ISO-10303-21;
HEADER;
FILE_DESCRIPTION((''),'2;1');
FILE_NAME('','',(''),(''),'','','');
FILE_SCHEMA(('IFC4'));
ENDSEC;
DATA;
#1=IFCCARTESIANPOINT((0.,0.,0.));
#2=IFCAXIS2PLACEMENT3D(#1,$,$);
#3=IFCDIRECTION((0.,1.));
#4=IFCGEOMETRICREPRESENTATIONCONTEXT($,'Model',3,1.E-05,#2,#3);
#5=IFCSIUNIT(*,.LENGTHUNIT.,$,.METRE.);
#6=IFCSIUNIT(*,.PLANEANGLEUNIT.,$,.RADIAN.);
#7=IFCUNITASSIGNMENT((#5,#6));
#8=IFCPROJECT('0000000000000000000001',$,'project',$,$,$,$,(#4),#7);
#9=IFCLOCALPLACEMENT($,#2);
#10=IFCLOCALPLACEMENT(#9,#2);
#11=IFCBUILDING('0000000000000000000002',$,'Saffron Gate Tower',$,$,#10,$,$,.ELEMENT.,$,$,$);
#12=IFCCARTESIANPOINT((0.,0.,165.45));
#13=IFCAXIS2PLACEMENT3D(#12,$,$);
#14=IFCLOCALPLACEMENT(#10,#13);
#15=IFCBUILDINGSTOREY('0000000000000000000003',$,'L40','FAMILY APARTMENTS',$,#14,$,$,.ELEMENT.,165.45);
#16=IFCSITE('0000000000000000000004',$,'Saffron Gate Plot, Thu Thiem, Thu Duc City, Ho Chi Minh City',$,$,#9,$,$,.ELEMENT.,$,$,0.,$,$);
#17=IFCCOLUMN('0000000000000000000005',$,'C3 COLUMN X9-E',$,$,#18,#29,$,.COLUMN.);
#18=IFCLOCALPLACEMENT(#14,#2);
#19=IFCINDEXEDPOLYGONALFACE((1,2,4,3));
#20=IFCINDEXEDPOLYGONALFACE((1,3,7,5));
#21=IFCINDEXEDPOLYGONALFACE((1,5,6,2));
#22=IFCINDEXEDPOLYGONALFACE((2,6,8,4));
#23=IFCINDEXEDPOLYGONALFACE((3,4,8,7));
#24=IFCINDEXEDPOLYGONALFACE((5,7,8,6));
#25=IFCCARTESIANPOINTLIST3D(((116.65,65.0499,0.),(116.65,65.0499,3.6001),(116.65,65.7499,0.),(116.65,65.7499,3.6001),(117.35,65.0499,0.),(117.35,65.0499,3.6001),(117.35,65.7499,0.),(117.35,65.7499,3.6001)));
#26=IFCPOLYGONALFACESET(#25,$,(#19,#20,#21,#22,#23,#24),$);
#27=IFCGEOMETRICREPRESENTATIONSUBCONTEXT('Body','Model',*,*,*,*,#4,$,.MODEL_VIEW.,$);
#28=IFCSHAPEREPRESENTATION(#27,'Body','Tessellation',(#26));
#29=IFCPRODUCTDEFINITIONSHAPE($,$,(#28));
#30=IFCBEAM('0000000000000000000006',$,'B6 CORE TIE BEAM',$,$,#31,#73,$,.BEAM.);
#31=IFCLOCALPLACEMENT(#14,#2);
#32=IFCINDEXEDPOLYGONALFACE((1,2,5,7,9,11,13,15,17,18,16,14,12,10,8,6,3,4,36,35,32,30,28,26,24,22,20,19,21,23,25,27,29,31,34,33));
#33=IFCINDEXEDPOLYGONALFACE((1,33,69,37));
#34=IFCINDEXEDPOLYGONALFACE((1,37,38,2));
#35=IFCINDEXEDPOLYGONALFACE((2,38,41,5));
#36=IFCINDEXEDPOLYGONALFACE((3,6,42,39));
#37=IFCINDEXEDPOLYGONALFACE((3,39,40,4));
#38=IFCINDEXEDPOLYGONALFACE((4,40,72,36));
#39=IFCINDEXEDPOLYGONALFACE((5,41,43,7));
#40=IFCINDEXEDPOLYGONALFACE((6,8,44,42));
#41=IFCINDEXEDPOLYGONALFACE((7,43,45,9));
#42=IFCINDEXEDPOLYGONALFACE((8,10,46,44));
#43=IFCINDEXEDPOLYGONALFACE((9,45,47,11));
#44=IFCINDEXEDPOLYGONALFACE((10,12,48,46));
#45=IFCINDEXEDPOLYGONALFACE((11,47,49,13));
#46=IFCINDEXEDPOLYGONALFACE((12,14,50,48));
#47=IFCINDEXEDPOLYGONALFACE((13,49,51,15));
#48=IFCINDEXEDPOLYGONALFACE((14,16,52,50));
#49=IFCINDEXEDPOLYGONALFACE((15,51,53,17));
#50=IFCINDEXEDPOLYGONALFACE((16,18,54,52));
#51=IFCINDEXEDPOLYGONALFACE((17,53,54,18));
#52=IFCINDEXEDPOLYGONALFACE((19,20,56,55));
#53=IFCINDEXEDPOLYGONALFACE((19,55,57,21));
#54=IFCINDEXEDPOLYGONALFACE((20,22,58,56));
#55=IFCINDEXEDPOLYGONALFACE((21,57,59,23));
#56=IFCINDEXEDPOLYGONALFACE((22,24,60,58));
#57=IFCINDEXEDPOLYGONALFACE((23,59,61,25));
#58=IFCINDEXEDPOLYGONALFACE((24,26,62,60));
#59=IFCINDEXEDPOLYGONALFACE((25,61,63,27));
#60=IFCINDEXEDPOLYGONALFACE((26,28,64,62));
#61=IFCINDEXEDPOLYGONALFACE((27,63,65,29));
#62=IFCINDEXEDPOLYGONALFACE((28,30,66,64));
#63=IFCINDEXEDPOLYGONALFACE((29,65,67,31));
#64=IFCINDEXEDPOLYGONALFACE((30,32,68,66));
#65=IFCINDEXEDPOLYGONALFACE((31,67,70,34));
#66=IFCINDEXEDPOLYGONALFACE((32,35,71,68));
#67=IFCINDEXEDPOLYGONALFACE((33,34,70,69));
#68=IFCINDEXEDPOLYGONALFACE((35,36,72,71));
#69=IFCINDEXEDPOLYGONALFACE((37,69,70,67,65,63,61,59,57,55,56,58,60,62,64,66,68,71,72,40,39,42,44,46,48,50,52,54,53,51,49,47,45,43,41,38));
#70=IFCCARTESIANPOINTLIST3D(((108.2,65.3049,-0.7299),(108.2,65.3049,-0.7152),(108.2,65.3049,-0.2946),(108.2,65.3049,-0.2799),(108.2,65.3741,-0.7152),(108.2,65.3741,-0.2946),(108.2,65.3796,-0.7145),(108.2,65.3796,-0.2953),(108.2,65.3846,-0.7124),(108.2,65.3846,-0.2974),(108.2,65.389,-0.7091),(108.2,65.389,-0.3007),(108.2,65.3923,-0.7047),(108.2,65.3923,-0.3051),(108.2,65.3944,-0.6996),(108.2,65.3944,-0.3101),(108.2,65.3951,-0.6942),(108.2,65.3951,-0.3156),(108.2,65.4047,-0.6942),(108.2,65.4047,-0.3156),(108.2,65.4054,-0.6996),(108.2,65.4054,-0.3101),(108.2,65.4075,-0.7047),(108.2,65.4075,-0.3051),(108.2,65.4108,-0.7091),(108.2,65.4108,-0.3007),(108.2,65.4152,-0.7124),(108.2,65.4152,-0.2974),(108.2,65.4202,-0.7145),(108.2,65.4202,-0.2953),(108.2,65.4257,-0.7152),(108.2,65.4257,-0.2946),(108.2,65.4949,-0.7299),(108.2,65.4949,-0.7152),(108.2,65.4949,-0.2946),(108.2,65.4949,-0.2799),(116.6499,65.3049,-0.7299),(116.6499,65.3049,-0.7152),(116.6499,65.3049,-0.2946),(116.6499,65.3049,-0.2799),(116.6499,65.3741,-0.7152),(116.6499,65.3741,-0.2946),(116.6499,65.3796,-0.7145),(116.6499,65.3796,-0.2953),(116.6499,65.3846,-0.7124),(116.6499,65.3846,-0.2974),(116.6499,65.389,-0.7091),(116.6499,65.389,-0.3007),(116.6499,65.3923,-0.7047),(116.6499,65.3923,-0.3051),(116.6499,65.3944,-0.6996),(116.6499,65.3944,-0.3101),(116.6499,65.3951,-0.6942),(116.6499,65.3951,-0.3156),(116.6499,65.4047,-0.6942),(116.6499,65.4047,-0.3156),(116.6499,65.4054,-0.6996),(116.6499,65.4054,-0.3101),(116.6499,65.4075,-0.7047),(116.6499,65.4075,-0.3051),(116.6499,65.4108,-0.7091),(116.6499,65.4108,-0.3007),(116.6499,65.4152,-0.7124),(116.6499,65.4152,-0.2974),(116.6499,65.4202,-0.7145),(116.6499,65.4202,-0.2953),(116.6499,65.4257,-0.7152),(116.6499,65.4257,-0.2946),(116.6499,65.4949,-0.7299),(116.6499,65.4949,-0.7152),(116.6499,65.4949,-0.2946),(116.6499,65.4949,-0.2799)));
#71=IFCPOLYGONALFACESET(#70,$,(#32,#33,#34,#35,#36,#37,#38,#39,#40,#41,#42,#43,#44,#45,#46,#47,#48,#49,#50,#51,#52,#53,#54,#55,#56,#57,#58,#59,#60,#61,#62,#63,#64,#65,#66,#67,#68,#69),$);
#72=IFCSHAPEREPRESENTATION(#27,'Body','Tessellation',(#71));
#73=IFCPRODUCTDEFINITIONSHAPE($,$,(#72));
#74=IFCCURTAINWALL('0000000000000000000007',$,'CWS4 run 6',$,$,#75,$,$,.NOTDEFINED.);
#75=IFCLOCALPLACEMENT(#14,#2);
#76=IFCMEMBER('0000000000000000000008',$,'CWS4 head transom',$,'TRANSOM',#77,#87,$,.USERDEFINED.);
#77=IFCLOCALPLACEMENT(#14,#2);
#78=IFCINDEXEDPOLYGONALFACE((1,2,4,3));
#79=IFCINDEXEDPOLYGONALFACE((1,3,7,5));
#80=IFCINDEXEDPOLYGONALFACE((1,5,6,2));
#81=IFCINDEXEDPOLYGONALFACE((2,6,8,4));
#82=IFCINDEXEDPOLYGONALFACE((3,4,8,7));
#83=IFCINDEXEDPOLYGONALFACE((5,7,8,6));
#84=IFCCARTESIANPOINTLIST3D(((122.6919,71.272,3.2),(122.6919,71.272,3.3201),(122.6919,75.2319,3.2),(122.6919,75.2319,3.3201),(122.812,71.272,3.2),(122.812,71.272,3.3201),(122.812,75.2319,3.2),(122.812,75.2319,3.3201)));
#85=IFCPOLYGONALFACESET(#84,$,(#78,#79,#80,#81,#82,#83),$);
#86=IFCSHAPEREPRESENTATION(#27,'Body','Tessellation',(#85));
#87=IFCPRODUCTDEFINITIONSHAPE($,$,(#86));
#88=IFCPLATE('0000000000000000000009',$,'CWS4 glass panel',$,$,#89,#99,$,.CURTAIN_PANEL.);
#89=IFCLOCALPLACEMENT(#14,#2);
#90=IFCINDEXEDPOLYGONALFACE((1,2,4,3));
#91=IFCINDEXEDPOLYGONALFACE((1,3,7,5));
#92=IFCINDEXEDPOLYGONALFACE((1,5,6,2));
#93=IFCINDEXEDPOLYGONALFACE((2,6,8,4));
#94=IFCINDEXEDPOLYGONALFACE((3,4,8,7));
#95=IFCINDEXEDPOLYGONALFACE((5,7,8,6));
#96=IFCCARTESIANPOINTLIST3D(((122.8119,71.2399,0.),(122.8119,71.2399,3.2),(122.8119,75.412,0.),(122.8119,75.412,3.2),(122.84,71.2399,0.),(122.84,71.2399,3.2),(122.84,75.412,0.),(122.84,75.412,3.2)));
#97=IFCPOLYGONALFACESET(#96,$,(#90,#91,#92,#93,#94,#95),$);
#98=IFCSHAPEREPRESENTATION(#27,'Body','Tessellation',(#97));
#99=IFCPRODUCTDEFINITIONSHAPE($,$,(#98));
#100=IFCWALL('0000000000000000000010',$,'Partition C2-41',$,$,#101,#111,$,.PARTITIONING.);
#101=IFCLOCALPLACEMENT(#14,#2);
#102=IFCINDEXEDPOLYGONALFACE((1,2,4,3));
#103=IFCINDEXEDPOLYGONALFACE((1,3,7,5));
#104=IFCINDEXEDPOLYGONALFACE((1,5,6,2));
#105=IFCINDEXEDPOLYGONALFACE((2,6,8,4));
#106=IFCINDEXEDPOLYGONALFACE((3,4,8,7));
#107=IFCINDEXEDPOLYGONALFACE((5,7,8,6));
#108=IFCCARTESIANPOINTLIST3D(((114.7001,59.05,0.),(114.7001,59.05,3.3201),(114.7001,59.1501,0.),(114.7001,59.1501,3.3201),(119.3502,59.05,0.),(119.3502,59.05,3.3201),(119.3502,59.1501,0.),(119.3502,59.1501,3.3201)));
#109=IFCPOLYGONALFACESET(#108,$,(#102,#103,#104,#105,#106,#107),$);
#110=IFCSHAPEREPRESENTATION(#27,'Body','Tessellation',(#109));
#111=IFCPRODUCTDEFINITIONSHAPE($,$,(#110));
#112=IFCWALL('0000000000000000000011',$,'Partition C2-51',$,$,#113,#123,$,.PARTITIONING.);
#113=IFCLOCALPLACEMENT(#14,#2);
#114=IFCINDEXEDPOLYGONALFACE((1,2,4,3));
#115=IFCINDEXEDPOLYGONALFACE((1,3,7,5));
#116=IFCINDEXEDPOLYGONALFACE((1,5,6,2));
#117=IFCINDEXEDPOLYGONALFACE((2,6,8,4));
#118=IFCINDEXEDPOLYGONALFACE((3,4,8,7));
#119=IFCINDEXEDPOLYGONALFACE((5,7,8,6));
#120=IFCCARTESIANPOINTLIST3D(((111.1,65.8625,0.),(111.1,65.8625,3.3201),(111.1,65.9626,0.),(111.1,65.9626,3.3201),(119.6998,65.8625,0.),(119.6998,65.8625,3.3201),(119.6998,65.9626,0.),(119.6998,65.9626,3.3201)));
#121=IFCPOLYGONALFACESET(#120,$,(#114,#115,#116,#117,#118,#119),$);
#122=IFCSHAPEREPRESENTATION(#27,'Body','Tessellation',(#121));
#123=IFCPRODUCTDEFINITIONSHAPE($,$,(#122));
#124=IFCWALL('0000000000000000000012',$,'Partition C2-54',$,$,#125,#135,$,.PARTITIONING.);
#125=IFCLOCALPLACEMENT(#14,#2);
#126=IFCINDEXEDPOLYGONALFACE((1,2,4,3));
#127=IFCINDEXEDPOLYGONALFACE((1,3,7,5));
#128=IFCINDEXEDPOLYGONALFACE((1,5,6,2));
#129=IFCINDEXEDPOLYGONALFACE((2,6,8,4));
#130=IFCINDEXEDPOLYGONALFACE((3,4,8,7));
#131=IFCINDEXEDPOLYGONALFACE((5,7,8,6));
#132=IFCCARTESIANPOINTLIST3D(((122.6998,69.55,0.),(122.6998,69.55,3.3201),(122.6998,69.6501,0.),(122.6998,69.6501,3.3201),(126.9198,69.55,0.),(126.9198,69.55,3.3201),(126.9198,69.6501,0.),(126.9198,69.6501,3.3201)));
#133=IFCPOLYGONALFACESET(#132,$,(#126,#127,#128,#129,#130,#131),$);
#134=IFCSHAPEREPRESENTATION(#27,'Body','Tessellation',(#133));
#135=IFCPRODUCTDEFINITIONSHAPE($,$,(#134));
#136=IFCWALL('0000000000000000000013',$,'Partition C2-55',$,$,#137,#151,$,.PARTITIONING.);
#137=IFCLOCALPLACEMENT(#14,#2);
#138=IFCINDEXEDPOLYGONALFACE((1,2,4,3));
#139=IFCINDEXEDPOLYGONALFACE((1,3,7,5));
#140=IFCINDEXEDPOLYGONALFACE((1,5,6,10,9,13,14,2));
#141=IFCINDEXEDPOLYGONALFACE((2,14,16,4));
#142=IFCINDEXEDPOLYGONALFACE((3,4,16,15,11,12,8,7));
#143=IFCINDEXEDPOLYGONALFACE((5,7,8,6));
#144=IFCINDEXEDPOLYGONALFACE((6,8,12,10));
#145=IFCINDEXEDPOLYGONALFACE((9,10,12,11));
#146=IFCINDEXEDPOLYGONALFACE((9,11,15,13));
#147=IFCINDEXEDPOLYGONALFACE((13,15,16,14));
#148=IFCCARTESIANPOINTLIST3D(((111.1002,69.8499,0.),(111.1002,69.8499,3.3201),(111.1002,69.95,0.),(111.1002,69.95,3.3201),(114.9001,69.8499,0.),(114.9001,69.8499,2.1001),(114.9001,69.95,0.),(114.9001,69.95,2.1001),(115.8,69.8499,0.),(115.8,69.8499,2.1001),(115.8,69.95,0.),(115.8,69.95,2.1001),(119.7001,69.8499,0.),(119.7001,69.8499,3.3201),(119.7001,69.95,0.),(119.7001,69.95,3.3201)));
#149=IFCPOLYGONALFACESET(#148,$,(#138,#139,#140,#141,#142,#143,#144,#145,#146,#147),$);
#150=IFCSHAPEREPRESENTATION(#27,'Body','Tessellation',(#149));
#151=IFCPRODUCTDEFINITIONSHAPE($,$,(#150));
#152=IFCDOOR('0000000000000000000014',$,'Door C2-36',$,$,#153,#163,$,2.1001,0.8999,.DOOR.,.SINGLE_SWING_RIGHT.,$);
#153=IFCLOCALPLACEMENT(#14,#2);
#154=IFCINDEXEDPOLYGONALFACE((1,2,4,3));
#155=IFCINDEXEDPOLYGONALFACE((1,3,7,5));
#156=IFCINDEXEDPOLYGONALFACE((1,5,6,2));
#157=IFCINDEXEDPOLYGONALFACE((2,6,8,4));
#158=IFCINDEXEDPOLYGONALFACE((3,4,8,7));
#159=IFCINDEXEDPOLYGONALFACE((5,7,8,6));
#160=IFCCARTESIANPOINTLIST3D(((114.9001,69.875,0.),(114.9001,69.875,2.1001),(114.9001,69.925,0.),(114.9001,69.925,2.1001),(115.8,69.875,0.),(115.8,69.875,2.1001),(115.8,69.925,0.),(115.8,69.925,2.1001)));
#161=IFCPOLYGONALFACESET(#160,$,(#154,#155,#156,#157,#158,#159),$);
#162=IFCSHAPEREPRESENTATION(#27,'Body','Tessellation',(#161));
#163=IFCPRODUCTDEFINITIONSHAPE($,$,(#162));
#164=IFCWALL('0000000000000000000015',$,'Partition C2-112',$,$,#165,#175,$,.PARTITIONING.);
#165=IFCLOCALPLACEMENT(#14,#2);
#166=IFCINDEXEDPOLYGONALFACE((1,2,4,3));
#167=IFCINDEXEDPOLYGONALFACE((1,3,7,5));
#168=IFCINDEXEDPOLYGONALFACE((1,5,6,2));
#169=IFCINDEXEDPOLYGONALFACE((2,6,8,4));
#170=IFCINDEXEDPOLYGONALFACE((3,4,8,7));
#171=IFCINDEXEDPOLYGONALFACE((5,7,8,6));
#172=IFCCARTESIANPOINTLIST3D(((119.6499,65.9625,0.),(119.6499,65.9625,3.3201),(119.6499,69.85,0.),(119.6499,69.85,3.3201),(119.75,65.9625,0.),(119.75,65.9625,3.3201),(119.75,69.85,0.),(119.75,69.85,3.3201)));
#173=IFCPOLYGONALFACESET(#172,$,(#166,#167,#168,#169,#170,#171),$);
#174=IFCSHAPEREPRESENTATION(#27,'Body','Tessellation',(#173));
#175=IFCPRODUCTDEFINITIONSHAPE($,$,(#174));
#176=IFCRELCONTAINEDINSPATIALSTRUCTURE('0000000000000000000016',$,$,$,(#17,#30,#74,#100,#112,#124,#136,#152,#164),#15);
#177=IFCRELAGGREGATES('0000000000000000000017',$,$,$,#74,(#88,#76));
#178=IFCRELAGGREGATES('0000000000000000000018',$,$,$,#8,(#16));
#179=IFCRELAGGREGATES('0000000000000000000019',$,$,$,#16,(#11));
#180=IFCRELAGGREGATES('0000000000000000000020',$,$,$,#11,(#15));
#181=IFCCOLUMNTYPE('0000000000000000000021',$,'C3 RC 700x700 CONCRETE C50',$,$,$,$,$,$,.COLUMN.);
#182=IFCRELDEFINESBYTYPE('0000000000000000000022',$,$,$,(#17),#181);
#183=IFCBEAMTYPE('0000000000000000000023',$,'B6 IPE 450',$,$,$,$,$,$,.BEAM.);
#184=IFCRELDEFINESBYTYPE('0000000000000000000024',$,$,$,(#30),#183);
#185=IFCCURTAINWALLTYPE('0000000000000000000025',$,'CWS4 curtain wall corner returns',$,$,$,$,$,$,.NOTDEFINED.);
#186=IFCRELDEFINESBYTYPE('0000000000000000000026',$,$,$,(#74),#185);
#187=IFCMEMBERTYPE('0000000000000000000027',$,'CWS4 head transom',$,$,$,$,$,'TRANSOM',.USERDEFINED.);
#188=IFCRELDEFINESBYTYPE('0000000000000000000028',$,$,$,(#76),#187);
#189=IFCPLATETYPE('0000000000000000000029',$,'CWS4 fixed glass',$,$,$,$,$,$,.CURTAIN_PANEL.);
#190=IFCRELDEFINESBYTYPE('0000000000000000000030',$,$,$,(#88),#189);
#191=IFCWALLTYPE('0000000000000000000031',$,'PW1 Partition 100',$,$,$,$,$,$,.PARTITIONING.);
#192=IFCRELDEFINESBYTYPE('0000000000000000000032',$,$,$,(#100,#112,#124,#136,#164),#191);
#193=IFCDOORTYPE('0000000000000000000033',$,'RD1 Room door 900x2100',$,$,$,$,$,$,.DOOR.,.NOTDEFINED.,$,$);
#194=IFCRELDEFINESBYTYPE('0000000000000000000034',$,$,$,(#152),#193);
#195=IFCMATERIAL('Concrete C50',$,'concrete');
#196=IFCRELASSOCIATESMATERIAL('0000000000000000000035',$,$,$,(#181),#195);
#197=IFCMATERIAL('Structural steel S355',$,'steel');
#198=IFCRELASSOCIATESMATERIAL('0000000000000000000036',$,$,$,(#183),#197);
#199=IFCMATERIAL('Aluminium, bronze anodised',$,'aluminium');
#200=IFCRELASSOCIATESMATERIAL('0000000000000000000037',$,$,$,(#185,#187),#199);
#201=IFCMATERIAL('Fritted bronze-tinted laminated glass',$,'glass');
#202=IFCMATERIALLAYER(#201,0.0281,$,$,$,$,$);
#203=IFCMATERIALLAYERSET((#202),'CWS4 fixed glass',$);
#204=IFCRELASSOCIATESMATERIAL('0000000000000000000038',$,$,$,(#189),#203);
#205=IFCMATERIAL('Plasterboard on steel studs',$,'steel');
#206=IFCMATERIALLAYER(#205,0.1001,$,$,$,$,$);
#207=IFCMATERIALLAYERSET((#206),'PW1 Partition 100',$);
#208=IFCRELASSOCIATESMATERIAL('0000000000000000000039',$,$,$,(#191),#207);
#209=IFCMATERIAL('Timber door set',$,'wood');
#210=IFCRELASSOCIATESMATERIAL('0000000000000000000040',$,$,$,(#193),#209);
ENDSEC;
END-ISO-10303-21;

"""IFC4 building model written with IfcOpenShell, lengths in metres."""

from ifc_helpers import new_model, si_unit, direction, frame, frame_2d, origin, origin_2d, place, context, subcontext, project, spatial, rectangle, i_section, extrude, material, layer, layer_set, material_profile, profile_set, type_object, element, fill, aggregate, save


model = new_model("IFC4")

# Units and contexts
model_context = context("Model", 3, precision=1e-05, world=origin(), true_north=direction((0.0, 1.0)))
body_context = subcontext(model_context, "Body", "Model", "MODEL_VIEW")
ifc_project = project(units=[si_unit("LENGTHUNIT", "METRE"), si_unit("PLANEANGLEUNIT", "RADIAN")], contexts=[model_context])

# Site, building, storey
site_placement = place(None, origin())
site = spatial("IfcSite", under=ifc_project, at=site_placement, Name="Saffron Gate Plot, Thu Thiem, Thu Duc City, Ho Chi Minh City", CompositionType="ELEMENT", RefElevation=0.0)
building_placement = place(site_placement, origin())
building = spatial("IfcBuilding", under=site, at=building_placement, Name="Saffron Gate Tower", CompositionType="ELEMENT")
storey_placement = place(building_placement, frame((0.0, 0.0, 165.45)))
storey = spatial("IfcBuildingStorey", under=building, at=storey_placement, Name="L40", Description="FAMILY APARTMENTS", CompositionType="ELEMENT", Elevation=165.45)

# Column
ifc_material_1 = material(Name="Concrete C50", Category="concrete")
ifc_material_profile_1 = material_profile(ifc_material_1, rectangle(XDim=0.7, YDim=0.7, at=origin_2d()))
ifc_profile_set_1 = profile_set([ifc_material_profile_1], Name="Concrete C50")
column_type = type_object("IfcColumnType", Name="C3 RC 700x700 CONCRETE C50", PredefinedType="COLUMN", material=ifc_profile_set_1)
column_placement = place(storey_placement, frame((117.0, 65.3999, 0.0), z_axis=(0.0, 0.0, 1.0), x_axis=(1.0, 0.0, 0.0)))
element("IfcColumn", 1, at=column_placement, inside=storey, type_object=column_type, Name="C3 COLUMN X9-E", PredefinedType="COLUMN", context=body_context, shape_type="SweptSolid", body=[
    extrude(rectangle(XDim=0.7, YDim=0.7, at=origin_2d()), origin(), (0.0, 0.0, 1.0), 3.6001),
])

# Beam
ifc_material_2 = material(Name="Structural steel S355", Category="steel")
ifc_material_profile_2 = material_profile(ifc_material_2, i_section(OverallWidth=0.1899, OverallDepth=0.45, WebThickness=0.0095, FlangeThickness=0.0146, FilletRadius=0.021, at=origin_2d()))
ifc_profile_set_2 = profile_set([ifc_material_profile_2], Name="Structural steel S355")
beam_type = type_object("IfcBeamType", Name="B6 IPE 450", PredefinedType="BEAM", material=ifc_profile_set_2)
beam_placement = place(storey_placement, frame((116.6499, 65.3999, -0.5049), z_axis=(-1.0, 0.0, 0.0), x_axis=(0.0, -1.0, 0.0)))
element("IfcBeam", 2, at=beam_placement, inside=storey, type_object=beam_type, Name="B6 CORE TIE BEAM", PredefinedType="BEAM", context=body_context, shape_type="SweptSolid", body=[
    extrude(i_section(OverallWidth=0.1899, OverallDepth=0.45, WebThickness=0.0095, FlangeThickness=0.0146, FilletRadius=0.021, at=origin_2d()), origin(), (0.0, 0.0, 1.0), 8.45),
])

# Curtain wall, member, plate
ifc_material_3 = material(Name="Aluminium, bronze anodised", Category="aluminium")
curtain_wall_type = type_object("IfcCurtainWallType", Name="CWS4 curtain wall corner returns", PredefinedType="NOTDEFINED", material=ifc_material_3)
curtain_wall_placement = place(storey_placement, origin())
curtain_wall = element("IfcCurtainWall", 3, at=curtain_wall_placement, inside=storey, type_object=curtain_wall_type, Name="CWS4 run 6", PredefinedType="NOTDEFINED")
ifc_material_profile_3 = material_profile(ifc_material_3, rectangle(XDim=0.1201, YDim=0.1201, at=origin_2d()))
ifc_profile_set_3 = profile_set([ifc_material_profile_3], Name="Aluminium, bronze anodised")
member_type = type_object("IfcMemberType", Name="CWS4 head transom", ElementType="TRANSOM", PredefinedType="USERDEFINED", material=ifc_profile_set_3)
member_placement = place(storey_placement, frame((122.752, 71.272, 3.26), z_axis=(0.0, 1.0, 0.0), x_axis=(-1.0, 0.0, 0.0)))
member = element("IfcMember", 4, at=member_placement, type_object=member_type, Name="CWS4 head transom", ObjectType="TRANSOM", PredefinedType="USERDEFINED", context=body_context, shape_type="SweptSolid", body=[
    extrude(rectangle(XDim=0.1201, YDim=0.1201, at=origin_2d()), origin(), (0.0, 0.0, 1.0), 3.96),
])
ifc_material_4 = material(Name="Fritted bronze-tinted laminated glass", Category="glass")
ifc_layer_1 = layer(ifc_material_4, 0.0281)
ifc_layer_set_1 = layer_set([ifc_layer_1], Name="CWS4 fixed glass")
plate_type = type_object("IfcPlateType", Name="CWS4 fixed glass", PredefinedType="CURTAIN_PANEL", material=ifc_layer_set_1)
plate_placement = place(storey_placement, frame((122.8259, 71.24, 0.0), z_axis=(0.0, 0.0, 1.0), x_axis=(0.0, 1.0, 0.0)))
plate = element("IfcPlate", 5, at=plate_placement, type_object=plate_type, Name="CWS4 glass panel", PredefinedType="CURTAIN_PANEL", context=body_context, shape_type="SweptSolid", body=[
    extrude(rectangle(XDim=4.1721, YDim=0.0281, at=frame_2d((2.0859, 0.0))), origin(), (0.0, 0.0, 1.0), 3.2),
])
aggregate(curtain_wall, [plate, member])

# Walls
ifc_material_5 = material(Name="Plasterboard on steel studs", Category="steel")
ifc_layer_2 = layer(ifc_material_5, 0.1001)
ifc_layer_set_2 = layer_set([ifc_layer_2], Name="PW1 Partition 100")
wall_type_1 = type_object("IfcWallType", Name="PW1 Partition 100", PredefinedType="PARTITIONING", material=ifc_layer_set_2)
wall_1_placement = place(storey_placement, frame((114.7, 59.1001, 0.0), z_axis=(0.0, 0.0, 1.0), x_axis=(1.0, 0.0, 0.0)))
element("IfcWall", 6, at=wall_1_placement, inside=storey, type_object=wall_type_1, Name="Partition C2-41", PredefinedType="PARTITIONING", context=body_context, shape_type="SweptSolid", body=[
    extrude(rectangle(XDim=4.6501, YDim=0.1001, at=frame_2d((2.3252, 0.0))), origin(), (0.0, 0.0, 1.0), 3.3201),
])
wall_2_placement = place(storey_placement, frame((111.1001, 65.9126, 0.0), z_axis=(0.0, 0.0, 1.0), x_axis=(1.0, 0.0, 0.0)))
element("IfcWall", 7, at=wall_2_placement, inside=storey, type_object=wall_type_1, Name="Partition C2-51", PredefinedType="PARTITIONING", context=body_context, shape_type="SweptSolid", body=[
    extrude(rectangle(XDim=8.5999, YDim=0.1001, at=frame_2d((4.2998, 0.0))), origin(), (0.0, 0.0, 1.0), 3.3201),
])
wall_3_placement = place(storey_placement, frame((122.7, 69.6001, 0.0), z_axis=(0.0, 0.0, 1.0), x_axis=(1.0, 0.0, 0.0)))
element("IfcWall", 8, at=wall_3_placement, inside=storey, type_object=wall_type_1, Name="Partition C2-54", PredefinedType="PARTITIONING", context=body_context, shape_type="SweptSolid", body=[
    extrude(rectangle(XDim=4.22, YDim=0.1001, at=frame_2d((2.1099, 0.0))), origin(), (0.0, 0.0, 1.0), 3.3201),
])

# Wall, opening, door
wall_4_placement = place(storey_placement, frame((119.7, 69.8999, 0.0), z_axis=(0.0, 0.0, 1.0), x_axis=(-1.0, 0.0, 0.0)))
wall_4 = element("IfcWall", 9, at=wall_4_placement, inside=storey, type_object=wall_type_1, Name="Partition C2-55", PredefinedType="PARTITIONING", context=body_context, shape_type="SweptSolid", body=[
    extrude(rectangle(XDim=8.5999, YDim=0.1001, at=frame_2d((4.2998, 0.0))), origin(), (0.0, 0.0, 1.0), 3.3201),
])
opening_1_placement = place(wall_4_placement, frame((3.8999, 0.0, 0.0)))
opening_1 = element("IfcOpeningElement", 10, at=opening_1_placement, cuts=wall_4, PredefinedType="OPENING", context=body_context, shape_type="SweptSolid", body=[
    extrude(rectangle(XDim=0.8999, YDim=2.1001, at=frame_2d((0.45, 1.05))), frame((0.0, 0.0601, 0.0), z_axis=(0.0, -1.0, 0.0), x_axis=(1.0, 0.0, 0.0)), (0.0, 0.0, 1.0), 0.1201),
])
ifc_material_6 = material(Name="Timber door set", Category="wood")
door_type_1 = type_object("IfcDoorType", Name="RD1 Room door 900x2100", OperationType="NOTDEFINED", PredefinedType="DOOR", material=ifc_material_6)
door_1_placement = place(opening_1_placement, origin())
door_1 = element("IfcDoor", 11, at=door_1_placement, inside=storey, type_object=door_type_1, Name="Door C2-36", OperationType="SINGLE_SWING_RIGHT", OverallHeight=2.1001, OverallWidth=0.8999, PredefinedType="DOOR", context=body_context, shape_type="SweptSolid", body=[
    extrude(rectangle(XDim=0.8999, YDim=2.1001, at=frame_2d((0.45, 1.05))), frame((0.0, 0.0249, 0.0), z_axis=(0.0, -1.0, 0.0), x_axis=(1.0, 0.0, 0.0)), (0.0, 0.0, 1.0), 0.05),
])
fill(opening_1, door_1)

# Wall
wall_5_placement = place(storey_placement, frame((119.7, 69.8501, 0.0), z_axis=(0.0, 0.0, 1.0), x_axis=(0.0, -1.0, 0.0)))
element("IfcWall", 12, at=wall_5_placement, inside=storey, type_object=wall_type_1, Name="Partition C2-112", PredefinedType="PARTITIONING", context=body_context, shape_type="SweptSolid", body=[
    extrude(rectangle(XDim=3.8875, YDim=0.1001, at=frame_2d((1.9438, 0.0))), origin(), (0.0, 0.0, 1.0), 3.3201),
])

save(model, "model.ifc")
